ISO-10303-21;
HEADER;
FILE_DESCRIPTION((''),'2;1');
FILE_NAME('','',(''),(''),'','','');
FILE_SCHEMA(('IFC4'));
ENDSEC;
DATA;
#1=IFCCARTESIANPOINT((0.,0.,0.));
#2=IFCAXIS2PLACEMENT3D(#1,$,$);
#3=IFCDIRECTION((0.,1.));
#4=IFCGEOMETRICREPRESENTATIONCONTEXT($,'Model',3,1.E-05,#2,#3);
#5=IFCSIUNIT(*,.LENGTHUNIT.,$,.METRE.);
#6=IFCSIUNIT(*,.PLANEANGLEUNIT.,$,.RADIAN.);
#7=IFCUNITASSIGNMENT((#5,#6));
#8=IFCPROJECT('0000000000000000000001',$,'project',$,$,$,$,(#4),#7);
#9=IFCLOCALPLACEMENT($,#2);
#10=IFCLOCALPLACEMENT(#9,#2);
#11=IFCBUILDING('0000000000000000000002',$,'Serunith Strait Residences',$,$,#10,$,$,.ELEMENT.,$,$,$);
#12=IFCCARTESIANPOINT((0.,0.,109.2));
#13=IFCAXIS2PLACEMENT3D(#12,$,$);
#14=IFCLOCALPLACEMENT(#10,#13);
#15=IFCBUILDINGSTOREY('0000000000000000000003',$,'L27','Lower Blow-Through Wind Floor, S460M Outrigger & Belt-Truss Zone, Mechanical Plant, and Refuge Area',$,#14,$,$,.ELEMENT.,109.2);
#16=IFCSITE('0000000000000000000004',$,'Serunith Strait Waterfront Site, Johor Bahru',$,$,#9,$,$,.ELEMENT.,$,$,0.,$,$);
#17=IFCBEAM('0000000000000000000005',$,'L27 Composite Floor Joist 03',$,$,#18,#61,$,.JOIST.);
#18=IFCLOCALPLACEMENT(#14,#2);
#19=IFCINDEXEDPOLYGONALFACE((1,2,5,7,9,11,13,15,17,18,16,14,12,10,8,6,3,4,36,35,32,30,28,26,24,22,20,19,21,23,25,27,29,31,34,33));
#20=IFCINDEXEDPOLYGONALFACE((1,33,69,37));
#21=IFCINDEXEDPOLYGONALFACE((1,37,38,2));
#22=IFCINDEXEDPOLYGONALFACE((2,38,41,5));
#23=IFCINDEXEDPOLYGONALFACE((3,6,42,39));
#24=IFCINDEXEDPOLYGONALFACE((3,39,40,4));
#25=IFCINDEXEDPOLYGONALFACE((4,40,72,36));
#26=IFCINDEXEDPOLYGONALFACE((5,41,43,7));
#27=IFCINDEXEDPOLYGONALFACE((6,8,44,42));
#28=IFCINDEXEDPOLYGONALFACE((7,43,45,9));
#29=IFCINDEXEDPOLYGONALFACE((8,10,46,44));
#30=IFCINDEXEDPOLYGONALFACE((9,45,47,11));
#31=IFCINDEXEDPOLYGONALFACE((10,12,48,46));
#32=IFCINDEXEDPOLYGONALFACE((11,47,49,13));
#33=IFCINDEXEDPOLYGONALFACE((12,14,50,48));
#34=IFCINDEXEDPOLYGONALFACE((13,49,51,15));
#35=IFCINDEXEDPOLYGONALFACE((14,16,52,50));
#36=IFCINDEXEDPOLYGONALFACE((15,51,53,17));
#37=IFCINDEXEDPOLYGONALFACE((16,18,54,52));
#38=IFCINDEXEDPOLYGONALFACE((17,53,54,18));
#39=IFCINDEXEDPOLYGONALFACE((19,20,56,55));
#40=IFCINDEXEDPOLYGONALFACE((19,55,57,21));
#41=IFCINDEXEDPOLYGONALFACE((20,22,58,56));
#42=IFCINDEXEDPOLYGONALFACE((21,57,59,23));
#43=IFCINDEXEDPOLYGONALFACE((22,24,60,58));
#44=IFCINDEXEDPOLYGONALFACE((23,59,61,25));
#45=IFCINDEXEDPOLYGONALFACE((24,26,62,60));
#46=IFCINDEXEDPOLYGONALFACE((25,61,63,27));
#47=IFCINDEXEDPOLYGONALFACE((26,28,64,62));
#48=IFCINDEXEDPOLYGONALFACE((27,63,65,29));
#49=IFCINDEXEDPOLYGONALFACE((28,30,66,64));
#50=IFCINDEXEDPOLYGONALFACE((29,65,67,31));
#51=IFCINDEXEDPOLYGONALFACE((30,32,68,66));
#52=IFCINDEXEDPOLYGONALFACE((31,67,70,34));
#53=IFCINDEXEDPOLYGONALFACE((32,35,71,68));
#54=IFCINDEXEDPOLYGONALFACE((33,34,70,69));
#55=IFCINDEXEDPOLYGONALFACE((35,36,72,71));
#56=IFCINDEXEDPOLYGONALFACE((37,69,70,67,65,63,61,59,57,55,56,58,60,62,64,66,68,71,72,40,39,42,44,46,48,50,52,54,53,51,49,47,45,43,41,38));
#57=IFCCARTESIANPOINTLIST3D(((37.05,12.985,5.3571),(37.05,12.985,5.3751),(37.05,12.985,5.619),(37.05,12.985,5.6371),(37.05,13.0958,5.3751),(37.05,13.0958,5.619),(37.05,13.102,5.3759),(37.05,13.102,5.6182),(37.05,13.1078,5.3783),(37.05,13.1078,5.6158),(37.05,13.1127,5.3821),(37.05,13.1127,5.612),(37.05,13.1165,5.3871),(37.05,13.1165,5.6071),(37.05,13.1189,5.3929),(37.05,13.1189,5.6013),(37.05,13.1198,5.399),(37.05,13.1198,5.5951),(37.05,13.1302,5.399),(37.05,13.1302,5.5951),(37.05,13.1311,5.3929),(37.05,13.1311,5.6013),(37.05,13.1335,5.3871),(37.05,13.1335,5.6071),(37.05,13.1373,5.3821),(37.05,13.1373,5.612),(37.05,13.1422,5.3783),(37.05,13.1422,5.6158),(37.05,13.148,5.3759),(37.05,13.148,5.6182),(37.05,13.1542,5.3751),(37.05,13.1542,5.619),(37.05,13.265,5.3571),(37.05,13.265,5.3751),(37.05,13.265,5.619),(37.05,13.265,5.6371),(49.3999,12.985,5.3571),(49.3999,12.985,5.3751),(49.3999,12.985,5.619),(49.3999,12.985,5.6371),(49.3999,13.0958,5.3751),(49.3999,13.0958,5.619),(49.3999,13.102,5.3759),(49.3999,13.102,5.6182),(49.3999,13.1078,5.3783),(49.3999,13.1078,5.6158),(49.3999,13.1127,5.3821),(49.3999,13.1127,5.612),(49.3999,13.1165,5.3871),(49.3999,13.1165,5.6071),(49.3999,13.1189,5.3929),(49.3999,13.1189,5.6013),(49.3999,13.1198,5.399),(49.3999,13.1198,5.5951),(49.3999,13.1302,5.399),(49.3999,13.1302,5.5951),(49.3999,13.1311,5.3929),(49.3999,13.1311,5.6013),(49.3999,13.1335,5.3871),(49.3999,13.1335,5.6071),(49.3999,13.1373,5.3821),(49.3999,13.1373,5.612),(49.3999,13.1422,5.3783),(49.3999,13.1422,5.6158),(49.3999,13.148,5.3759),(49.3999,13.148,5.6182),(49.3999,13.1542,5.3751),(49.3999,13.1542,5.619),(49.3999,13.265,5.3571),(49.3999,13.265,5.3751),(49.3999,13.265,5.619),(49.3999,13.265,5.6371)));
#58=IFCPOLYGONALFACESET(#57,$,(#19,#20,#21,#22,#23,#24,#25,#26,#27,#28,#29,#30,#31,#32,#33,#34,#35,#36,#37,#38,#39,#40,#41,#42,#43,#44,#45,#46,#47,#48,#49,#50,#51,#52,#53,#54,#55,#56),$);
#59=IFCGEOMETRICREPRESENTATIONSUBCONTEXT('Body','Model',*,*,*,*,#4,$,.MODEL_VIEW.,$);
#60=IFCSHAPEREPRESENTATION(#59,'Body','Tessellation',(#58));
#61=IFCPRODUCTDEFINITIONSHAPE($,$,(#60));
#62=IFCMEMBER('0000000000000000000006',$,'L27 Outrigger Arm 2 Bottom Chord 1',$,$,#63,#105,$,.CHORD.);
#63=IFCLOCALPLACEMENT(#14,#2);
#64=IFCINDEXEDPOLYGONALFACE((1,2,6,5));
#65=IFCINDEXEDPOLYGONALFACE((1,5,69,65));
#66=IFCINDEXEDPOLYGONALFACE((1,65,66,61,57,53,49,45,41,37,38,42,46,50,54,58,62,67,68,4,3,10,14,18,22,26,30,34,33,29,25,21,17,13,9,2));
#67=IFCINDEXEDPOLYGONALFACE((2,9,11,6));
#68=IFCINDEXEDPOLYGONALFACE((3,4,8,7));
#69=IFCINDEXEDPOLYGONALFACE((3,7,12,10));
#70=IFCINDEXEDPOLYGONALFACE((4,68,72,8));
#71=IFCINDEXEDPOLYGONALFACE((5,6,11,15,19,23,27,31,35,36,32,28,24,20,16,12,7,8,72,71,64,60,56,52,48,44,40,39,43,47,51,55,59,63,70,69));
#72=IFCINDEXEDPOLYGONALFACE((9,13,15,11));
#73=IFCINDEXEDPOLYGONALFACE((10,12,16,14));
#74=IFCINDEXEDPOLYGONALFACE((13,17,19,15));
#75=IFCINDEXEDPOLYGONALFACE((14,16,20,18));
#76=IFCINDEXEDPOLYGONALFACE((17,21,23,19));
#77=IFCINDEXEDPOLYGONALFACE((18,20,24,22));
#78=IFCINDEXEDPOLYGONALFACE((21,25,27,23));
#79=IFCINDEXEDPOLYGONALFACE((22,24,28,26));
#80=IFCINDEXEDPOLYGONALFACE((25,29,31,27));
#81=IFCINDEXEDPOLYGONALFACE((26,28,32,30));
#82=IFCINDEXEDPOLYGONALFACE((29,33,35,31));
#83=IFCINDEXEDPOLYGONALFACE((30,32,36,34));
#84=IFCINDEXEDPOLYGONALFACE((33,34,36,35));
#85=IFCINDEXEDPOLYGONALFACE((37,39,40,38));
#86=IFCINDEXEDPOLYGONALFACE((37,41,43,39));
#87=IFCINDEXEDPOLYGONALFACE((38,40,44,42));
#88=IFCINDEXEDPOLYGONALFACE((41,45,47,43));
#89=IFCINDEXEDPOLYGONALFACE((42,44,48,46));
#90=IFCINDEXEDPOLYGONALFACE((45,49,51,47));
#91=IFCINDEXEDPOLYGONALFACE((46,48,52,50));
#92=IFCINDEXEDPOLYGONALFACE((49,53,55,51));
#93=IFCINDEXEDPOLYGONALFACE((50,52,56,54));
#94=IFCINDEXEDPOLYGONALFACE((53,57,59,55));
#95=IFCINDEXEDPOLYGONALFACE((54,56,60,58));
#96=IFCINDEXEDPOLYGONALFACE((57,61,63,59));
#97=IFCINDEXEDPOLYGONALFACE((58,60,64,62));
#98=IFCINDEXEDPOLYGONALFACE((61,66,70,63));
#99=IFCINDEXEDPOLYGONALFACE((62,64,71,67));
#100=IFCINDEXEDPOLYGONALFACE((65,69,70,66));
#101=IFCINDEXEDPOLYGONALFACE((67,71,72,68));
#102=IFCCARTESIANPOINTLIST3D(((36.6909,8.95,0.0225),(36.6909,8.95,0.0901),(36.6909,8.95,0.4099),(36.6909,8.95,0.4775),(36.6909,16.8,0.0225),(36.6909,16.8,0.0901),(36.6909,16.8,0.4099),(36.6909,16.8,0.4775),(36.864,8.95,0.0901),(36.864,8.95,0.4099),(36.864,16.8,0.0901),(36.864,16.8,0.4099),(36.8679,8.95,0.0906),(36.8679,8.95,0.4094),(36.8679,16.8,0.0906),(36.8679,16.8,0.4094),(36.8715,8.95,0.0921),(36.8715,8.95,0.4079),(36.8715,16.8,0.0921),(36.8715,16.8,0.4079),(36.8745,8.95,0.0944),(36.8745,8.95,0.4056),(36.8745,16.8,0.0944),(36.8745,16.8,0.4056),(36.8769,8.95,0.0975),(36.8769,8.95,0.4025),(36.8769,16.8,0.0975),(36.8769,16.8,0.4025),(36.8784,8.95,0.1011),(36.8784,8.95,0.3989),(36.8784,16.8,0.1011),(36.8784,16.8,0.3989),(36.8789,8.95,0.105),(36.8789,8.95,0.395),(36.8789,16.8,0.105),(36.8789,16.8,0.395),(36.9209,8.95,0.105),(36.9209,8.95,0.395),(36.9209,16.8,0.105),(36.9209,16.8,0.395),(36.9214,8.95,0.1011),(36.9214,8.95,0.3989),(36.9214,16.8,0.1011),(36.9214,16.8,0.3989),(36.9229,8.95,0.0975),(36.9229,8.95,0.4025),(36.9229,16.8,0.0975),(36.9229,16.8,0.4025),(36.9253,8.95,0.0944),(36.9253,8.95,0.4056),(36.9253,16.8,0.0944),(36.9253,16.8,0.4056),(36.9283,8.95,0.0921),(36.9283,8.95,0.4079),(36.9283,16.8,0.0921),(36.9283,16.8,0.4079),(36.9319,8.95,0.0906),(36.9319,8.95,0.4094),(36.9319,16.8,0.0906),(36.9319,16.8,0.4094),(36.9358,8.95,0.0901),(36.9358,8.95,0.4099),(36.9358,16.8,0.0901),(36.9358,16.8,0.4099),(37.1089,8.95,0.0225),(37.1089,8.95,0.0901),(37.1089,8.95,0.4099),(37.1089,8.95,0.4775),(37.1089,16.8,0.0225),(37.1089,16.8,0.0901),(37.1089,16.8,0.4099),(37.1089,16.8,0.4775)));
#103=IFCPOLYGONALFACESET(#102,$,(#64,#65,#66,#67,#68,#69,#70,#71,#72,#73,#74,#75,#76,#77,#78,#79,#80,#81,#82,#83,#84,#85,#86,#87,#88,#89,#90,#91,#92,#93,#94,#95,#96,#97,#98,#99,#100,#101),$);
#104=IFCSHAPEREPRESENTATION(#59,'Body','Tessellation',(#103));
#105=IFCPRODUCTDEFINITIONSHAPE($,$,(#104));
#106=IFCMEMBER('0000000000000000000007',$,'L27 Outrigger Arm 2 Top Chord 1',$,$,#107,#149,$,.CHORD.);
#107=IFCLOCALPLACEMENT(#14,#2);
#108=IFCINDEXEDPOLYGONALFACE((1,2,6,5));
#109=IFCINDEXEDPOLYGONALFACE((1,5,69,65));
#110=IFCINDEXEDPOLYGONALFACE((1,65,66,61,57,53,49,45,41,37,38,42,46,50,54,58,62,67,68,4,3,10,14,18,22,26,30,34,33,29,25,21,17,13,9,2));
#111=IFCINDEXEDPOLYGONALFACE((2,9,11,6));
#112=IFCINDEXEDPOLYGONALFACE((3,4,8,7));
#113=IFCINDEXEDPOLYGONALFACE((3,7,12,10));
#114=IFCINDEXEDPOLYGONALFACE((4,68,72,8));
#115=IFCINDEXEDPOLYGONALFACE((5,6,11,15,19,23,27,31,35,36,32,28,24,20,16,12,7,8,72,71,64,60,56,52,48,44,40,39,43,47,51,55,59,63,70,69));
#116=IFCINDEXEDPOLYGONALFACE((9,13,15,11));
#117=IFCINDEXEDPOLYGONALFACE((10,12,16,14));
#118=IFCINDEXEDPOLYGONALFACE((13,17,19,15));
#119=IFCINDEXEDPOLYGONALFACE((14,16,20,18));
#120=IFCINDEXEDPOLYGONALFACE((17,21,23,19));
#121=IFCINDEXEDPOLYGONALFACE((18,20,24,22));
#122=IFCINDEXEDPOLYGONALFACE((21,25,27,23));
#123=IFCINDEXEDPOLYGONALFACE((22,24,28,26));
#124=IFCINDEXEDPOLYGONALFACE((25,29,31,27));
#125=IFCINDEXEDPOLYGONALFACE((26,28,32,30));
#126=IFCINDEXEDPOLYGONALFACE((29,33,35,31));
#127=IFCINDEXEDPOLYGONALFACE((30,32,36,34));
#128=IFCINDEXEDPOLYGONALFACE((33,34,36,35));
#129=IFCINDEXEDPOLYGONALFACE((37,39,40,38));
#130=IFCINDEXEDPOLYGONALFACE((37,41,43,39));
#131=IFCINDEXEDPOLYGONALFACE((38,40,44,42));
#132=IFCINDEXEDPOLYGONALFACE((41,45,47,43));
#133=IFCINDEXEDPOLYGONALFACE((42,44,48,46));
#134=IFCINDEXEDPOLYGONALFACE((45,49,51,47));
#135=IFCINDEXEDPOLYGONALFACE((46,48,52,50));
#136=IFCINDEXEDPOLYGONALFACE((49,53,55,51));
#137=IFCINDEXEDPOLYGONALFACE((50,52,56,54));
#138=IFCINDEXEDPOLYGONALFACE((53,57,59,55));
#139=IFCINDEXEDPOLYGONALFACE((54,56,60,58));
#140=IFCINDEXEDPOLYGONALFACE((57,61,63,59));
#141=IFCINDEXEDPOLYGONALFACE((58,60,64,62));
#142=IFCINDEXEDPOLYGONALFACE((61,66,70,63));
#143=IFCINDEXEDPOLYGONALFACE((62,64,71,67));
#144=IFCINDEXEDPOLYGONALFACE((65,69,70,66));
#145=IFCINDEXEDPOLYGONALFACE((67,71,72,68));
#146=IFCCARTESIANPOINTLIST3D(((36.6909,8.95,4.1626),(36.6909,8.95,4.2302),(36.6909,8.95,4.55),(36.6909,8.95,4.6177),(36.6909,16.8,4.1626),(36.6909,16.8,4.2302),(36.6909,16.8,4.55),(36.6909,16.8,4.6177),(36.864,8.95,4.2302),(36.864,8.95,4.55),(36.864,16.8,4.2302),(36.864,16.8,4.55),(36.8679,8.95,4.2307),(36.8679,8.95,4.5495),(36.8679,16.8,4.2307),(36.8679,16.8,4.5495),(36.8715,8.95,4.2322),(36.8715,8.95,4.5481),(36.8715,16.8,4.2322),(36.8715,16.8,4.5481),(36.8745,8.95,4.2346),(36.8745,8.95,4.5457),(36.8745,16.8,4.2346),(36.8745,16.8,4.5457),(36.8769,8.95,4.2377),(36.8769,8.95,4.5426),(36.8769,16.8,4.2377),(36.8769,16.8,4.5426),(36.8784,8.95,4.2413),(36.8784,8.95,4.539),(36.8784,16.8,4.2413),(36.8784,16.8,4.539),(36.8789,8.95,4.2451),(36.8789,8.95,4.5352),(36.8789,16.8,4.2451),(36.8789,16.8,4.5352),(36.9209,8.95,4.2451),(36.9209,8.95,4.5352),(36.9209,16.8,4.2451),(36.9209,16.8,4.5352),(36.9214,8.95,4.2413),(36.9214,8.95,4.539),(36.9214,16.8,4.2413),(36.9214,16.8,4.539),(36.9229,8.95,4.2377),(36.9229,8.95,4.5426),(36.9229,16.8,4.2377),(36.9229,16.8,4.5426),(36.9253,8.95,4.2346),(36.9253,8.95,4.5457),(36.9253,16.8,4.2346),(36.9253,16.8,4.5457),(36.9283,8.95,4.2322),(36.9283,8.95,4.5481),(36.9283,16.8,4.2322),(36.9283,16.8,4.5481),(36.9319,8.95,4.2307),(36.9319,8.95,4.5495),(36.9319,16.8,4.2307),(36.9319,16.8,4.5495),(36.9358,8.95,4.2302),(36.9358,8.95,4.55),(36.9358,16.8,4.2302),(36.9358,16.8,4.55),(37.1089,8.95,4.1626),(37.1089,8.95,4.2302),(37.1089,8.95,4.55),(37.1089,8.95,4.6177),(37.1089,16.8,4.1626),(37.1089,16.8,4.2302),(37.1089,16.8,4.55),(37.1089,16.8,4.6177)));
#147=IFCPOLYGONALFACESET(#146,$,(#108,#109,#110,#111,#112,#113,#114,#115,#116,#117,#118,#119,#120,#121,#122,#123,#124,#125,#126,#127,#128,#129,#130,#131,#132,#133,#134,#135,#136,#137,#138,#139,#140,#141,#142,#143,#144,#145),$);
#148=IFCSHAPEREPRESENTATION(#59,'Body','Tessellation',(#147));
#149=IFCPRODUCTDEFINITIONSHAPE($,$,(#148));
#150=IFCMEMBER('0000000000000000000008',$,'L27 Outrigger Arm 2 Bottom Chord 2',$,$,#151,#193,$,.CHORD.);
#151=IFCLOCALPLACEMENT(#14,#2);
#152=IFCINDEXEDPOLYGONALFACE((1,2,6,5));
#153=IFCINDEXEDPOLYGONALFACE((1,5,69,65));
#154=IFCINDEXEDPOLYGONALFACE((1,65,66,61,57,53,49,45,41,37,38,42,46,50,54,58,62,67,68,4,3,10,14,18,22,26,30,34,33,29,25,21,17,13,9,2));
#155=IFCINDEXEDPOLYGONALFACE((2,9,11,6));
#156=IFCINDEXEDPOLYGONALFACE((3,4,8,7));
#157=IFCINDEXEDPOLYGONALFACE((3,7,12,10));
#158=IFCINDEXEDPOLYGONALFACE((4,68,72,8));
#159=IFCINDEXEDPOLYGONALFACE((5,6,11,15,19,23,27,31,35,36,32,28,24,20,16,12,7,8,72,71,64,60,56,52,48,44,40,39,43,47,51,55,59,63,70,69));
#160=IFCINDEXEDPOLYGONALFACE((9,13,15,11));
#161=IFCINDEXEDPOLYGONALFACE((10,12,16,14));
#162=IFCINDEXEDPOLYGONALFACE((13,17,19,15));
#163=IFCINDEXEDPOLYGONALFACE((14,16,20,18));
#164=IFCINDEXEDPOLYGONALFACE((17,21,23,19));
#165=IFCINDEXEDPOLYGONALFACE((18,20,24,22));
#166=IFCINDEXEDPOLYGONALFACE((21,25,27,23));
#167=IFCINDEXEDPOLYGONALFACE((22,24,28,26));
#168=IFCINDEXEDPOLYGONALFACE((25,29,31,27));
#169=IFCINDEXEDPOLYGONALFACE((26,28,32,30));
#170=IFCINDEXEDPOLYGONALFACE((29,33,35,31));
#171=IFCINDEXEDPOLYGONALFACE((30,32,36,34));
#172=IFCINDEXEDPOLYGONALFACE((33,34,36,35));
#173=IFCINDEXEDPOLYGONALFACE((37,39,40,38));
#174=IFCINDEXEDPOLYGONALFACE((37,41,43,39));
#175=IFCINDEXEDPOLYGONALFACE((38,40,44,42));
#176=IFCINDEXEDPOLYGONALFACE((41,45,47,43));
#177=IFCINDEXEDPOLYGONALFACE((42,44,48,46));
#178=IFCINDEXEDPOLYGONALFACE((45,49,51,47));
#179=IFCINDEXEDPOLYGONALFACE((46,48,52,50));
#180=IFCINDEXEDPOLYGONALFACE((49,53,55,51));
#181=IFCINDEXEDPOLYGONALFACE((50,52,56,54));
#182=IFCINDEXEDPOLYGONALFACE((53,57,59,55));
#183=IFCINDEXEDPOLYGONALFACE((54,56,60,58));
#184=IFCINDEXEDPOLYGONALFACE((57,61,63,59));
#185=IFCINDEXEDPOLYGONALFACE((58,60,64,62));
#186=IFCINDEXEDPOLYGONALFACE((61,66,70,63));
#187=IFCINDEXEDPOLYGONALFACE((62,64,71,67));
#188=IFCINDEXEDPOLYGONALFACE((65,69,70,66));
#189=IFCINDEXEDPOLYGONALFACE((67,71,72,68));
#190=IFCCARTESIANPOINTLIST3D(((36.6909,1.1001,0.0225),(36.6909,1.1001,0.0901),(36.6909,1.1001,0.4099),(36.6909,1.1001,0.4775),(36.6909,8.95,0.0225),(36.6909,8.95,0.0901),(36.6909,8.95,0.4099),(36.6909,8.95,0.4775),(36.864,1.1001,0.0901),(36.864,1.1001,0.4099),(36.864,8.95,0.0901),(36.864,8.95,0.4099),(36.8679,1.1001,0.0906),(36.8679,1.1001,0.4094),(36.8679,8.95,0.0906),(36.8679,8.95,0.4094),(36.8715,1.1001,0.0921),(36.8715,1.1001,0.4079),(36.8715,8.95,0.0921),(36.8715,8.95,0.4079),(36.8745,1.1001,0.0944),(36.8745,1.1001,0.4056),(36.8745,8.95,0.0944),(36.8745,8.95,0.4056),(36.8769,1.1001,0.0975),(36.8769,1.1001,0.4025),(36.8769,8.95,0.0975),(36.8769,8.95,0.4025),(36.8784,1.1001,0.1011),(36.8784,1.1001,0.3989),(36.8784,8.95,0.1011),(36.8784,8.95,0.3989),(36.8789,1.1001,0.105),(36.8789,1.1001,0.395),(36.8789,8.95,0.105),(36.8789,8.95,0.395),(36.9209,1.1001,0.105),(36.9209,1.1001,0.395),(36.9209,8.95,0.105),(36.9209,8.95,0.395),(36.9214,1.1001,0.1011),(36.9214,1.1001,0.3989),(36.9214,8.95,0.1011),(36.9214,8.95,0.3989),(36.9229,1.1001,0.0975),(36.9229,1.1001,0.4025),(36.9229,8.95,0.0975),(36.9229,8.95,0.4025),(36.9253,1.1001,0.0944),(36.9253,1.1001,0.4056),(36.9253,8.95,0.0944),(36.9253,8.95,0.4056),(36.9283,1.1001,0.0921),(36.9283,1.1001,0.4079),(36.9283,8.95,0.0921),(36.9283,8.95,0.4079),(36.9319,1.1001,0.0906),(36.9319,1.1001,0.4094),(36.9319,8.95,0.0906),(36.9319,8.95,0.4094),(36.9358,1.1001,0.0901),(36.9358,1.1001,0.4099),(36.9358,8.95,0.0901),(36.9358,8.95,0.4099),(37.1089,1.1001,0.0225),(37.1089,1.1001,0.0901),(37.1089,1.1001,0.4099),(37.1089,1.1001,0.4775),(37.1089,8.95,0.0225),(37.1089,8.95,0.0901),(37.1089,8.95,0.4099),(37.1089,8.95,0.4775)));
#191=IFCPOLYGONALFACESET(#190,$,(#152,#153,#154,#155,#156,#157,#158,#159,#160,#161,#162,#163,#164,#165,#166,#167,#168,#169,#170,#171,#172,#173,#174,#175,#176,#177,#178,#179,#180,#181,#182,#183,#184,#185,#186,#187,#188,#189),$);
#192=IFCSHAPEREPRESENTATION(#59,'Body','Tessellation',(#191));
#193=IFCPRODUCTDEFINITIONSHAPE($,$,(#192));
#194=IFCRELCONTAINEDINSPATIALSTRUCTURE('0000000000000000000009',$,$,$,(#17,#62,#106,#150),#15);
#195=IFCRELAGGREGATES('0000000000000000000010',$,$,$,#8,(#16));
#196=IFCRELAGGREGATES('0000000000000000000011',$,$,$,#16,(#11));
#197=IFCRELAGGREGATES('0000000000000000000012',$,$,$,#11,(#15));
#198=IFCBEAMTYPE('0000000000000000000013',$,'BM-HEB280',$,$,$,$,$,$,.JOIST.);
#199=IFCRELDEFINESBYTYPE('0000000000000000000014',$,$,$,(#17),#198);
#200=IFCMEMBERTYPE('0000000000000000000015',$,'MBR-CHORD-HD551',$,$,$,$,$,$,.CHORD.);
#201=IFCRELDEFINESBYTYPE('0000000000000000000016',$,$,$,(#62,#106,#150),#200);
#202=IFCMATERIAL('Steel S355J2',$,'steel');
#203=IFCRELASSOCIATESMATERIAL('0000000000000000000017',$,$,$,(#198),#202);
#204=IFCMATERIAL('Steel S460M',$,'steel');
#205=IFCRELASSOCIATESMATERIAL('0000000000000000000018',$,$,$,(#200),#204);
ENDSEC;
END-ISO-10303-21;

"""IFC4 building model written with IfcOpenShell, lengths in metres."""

from ifc_helpers import new_model, si_unit, direction, frame, origin, origin_2d, place, context, subcontext, project, spatial, i_section, extrude, source, transform, mapped, material, material_profile, profile_set, type_object, element, save


model = new_model("IFC4")

# Units and contexts
model_context = context("Model", 3, precision=1e-05, world=origin(), true_north=direction((0.0, 1.0)))
body_context = subcontext(model_context, "Body", "Model", "MODEL_VIEW")
ifc_project = project(units=[si_unit("LENGTHUNIT", "METRE"), si_unit("PLANEANGLEUNIT", "RADIAN")], contexts=[model_context])

# Site, building, storey
site_placement = place(None, origin())
site = spatial("IfcSite", under=ifc_project, at=site_placement, Name="Serunith Strait Waterfront Site, Johor Bahru", CompositionType="ELEMENT", RefElevation=0.0)
building_placement = place(site_placement, origin())
building = spatial("IfcBuilding", under=site, at=building_placement, Name="Serunith Strait Residences", CompositionType="ELEMENT")
storey_placement = place(building_placement, frame((0.0, 0.0, 109.2)))
storey = spatial("IfcBuildingStorey", under=building, at=storey_placement, Name="L27", Description="Lower Blow-Through Wind Floor, S460M Outrigger & Belt-Truss Zone, Mechanical Plant, and Refuge Area", CompositionType="ELEMENT", Elevation=109.2)

# Beam
ifc_material_1 = material(Name="Steel S355J2", Category="steel")
ifc_material_profile_1 = material_profile(ifc_material_1, i_section(OverallWidth=0.28, OverallDepth=0.28, WebThickness=0.0105, FlangeThickness=0.0181, FilletRadius=0.0239, at=origin_2d()), Name="HEB 280")
ifc_profile_set_1 = profile_set([ifc_material_profile_1], Name="Steel S355J2")
beam_type_1 = type_object("IfcBeamType", Name="BM-HEB280", PredefinedType="JOIST", material=ifc_profile_set_1)
shared_shape_1 = source(origin(), body_context, "Body", "SweptSolid", [
    extrude(i_section(OverallWidth=0.28, OverallDepth=0.28, WebThickness=0.0105, FlangeThickness=0.0181, FilletRadius=0.0239, at=origin_2d()), origin(), (0.0, 0.0, 1.0), 12.3499),
])
beam_1_placement = place(storey_placement, frame((37.05, 13.125, 5.4971), z_axis=(1.0, 0.0, 0.0), x_axis=(0.0, 1.0, 0.0)))
element("IfcBeam", 1, at=beam_1_placement, inside=storey, type_object=beam_type_1, Name="L27 Composite Floor Joist 03", PredefinedType="JOIST", context=body_context, shape_type="MappedRepresentation", body=[
    mapped(shared_shape_1, transform((0.0, 0.0, 0.0), scale=1.0)),
])

# Members
ifc_material_2 = material(Name="Steel S460M", Category="steel")
ifc_material_profile_2 = material_profile(ifc_material_2, i_section(OverallWidth=0.418, OverallDepth=0.4551, WebThickness=0.042, FlangeThickness=0.0676, FilletRadius=0.0149, at=origin_2d()), Name="HD 400x551")
ifc_profile_set_2 = profile_set([ifc_material_profile_2], Name="Steel S460M")
member_type_1 = type_object("IfcMemberType", Name="MBR-CHORD-HD551", PredefinedType="CHORD", material=ifc_profile_set_2)
shared_shape_2 = source(origin(), body_context, "Body", "SweptSolid", [
    extrude(i_section(OverallWidth=0.418, OverallDepth=0.4551, WebThickness=0.042, FlangeThickness=0.0676, FilletRadius=0.0149, at=origin_2d()), origin(), (0.0, 0.0, 1.0), 7.8501),
])
for number, where, z_axis, x_axis, name in (
    (2, (36.8999, 16.8, 0.25), (0.0, -1.0, 0.0), (1.0, 0.0, 0.0), "L27 Outrigger Arm 2 Bottom Chord 1"),
    (3, (36.8999, 16.8, 4.3901), (0.0, -1.0, 0.0), (1.0, 0.0, 0.0), "L27 Outrigger Arm 2 Top Chord 1"),
):
    element("IfcMember", number, at=place(storey_placement, frame(where, z_axis=z_axis, x_axis=x_axis)), inside=storey, type_object=member_type_1, Name=name, PredefinedType="CHORD", context=body_context, shape_type="MappedRepresentation", body=[
        mapped(shared_shape_2, transform((0.0, 0.0, 0.0), scale=1.0)),
    ])
shared_shape_3 = source(origin(), body_context, "Body", "SweptSolid", [
    extrude(i_section(OverallWidth=0.418, OverallDepth=0.4551, WebThickness=0.042, FlangeThickness=0.0676, FilletRadius=0.0149, at=origin_2d()), origin(), (0.0, 0.0, 1.0), 7.8499),
])
for number, where, z_axis, x_axis, name in (
    (4, (36.8999, 8.95, 0.25), (0.0, -1.0, 0.0), (1.0, 0.0, 0.0), "L27 Outrigger Arm 2 Bottom Chord 2"),
):
    element("IfcMember", number, at=place(storey_placement, frame(where, z_axis=z_axis, x_axis=x_axis)), inside=storey, type_object=member_type_1, Name=name, PredefinedType="CHORD", context=body_context, shape_type="MappedRepresentation", body=[
        mapped(shared_shape_3, transform((0.0, 0.0, 0.0), scale=1.0)),
    ])

save(model, "model.ifc")
